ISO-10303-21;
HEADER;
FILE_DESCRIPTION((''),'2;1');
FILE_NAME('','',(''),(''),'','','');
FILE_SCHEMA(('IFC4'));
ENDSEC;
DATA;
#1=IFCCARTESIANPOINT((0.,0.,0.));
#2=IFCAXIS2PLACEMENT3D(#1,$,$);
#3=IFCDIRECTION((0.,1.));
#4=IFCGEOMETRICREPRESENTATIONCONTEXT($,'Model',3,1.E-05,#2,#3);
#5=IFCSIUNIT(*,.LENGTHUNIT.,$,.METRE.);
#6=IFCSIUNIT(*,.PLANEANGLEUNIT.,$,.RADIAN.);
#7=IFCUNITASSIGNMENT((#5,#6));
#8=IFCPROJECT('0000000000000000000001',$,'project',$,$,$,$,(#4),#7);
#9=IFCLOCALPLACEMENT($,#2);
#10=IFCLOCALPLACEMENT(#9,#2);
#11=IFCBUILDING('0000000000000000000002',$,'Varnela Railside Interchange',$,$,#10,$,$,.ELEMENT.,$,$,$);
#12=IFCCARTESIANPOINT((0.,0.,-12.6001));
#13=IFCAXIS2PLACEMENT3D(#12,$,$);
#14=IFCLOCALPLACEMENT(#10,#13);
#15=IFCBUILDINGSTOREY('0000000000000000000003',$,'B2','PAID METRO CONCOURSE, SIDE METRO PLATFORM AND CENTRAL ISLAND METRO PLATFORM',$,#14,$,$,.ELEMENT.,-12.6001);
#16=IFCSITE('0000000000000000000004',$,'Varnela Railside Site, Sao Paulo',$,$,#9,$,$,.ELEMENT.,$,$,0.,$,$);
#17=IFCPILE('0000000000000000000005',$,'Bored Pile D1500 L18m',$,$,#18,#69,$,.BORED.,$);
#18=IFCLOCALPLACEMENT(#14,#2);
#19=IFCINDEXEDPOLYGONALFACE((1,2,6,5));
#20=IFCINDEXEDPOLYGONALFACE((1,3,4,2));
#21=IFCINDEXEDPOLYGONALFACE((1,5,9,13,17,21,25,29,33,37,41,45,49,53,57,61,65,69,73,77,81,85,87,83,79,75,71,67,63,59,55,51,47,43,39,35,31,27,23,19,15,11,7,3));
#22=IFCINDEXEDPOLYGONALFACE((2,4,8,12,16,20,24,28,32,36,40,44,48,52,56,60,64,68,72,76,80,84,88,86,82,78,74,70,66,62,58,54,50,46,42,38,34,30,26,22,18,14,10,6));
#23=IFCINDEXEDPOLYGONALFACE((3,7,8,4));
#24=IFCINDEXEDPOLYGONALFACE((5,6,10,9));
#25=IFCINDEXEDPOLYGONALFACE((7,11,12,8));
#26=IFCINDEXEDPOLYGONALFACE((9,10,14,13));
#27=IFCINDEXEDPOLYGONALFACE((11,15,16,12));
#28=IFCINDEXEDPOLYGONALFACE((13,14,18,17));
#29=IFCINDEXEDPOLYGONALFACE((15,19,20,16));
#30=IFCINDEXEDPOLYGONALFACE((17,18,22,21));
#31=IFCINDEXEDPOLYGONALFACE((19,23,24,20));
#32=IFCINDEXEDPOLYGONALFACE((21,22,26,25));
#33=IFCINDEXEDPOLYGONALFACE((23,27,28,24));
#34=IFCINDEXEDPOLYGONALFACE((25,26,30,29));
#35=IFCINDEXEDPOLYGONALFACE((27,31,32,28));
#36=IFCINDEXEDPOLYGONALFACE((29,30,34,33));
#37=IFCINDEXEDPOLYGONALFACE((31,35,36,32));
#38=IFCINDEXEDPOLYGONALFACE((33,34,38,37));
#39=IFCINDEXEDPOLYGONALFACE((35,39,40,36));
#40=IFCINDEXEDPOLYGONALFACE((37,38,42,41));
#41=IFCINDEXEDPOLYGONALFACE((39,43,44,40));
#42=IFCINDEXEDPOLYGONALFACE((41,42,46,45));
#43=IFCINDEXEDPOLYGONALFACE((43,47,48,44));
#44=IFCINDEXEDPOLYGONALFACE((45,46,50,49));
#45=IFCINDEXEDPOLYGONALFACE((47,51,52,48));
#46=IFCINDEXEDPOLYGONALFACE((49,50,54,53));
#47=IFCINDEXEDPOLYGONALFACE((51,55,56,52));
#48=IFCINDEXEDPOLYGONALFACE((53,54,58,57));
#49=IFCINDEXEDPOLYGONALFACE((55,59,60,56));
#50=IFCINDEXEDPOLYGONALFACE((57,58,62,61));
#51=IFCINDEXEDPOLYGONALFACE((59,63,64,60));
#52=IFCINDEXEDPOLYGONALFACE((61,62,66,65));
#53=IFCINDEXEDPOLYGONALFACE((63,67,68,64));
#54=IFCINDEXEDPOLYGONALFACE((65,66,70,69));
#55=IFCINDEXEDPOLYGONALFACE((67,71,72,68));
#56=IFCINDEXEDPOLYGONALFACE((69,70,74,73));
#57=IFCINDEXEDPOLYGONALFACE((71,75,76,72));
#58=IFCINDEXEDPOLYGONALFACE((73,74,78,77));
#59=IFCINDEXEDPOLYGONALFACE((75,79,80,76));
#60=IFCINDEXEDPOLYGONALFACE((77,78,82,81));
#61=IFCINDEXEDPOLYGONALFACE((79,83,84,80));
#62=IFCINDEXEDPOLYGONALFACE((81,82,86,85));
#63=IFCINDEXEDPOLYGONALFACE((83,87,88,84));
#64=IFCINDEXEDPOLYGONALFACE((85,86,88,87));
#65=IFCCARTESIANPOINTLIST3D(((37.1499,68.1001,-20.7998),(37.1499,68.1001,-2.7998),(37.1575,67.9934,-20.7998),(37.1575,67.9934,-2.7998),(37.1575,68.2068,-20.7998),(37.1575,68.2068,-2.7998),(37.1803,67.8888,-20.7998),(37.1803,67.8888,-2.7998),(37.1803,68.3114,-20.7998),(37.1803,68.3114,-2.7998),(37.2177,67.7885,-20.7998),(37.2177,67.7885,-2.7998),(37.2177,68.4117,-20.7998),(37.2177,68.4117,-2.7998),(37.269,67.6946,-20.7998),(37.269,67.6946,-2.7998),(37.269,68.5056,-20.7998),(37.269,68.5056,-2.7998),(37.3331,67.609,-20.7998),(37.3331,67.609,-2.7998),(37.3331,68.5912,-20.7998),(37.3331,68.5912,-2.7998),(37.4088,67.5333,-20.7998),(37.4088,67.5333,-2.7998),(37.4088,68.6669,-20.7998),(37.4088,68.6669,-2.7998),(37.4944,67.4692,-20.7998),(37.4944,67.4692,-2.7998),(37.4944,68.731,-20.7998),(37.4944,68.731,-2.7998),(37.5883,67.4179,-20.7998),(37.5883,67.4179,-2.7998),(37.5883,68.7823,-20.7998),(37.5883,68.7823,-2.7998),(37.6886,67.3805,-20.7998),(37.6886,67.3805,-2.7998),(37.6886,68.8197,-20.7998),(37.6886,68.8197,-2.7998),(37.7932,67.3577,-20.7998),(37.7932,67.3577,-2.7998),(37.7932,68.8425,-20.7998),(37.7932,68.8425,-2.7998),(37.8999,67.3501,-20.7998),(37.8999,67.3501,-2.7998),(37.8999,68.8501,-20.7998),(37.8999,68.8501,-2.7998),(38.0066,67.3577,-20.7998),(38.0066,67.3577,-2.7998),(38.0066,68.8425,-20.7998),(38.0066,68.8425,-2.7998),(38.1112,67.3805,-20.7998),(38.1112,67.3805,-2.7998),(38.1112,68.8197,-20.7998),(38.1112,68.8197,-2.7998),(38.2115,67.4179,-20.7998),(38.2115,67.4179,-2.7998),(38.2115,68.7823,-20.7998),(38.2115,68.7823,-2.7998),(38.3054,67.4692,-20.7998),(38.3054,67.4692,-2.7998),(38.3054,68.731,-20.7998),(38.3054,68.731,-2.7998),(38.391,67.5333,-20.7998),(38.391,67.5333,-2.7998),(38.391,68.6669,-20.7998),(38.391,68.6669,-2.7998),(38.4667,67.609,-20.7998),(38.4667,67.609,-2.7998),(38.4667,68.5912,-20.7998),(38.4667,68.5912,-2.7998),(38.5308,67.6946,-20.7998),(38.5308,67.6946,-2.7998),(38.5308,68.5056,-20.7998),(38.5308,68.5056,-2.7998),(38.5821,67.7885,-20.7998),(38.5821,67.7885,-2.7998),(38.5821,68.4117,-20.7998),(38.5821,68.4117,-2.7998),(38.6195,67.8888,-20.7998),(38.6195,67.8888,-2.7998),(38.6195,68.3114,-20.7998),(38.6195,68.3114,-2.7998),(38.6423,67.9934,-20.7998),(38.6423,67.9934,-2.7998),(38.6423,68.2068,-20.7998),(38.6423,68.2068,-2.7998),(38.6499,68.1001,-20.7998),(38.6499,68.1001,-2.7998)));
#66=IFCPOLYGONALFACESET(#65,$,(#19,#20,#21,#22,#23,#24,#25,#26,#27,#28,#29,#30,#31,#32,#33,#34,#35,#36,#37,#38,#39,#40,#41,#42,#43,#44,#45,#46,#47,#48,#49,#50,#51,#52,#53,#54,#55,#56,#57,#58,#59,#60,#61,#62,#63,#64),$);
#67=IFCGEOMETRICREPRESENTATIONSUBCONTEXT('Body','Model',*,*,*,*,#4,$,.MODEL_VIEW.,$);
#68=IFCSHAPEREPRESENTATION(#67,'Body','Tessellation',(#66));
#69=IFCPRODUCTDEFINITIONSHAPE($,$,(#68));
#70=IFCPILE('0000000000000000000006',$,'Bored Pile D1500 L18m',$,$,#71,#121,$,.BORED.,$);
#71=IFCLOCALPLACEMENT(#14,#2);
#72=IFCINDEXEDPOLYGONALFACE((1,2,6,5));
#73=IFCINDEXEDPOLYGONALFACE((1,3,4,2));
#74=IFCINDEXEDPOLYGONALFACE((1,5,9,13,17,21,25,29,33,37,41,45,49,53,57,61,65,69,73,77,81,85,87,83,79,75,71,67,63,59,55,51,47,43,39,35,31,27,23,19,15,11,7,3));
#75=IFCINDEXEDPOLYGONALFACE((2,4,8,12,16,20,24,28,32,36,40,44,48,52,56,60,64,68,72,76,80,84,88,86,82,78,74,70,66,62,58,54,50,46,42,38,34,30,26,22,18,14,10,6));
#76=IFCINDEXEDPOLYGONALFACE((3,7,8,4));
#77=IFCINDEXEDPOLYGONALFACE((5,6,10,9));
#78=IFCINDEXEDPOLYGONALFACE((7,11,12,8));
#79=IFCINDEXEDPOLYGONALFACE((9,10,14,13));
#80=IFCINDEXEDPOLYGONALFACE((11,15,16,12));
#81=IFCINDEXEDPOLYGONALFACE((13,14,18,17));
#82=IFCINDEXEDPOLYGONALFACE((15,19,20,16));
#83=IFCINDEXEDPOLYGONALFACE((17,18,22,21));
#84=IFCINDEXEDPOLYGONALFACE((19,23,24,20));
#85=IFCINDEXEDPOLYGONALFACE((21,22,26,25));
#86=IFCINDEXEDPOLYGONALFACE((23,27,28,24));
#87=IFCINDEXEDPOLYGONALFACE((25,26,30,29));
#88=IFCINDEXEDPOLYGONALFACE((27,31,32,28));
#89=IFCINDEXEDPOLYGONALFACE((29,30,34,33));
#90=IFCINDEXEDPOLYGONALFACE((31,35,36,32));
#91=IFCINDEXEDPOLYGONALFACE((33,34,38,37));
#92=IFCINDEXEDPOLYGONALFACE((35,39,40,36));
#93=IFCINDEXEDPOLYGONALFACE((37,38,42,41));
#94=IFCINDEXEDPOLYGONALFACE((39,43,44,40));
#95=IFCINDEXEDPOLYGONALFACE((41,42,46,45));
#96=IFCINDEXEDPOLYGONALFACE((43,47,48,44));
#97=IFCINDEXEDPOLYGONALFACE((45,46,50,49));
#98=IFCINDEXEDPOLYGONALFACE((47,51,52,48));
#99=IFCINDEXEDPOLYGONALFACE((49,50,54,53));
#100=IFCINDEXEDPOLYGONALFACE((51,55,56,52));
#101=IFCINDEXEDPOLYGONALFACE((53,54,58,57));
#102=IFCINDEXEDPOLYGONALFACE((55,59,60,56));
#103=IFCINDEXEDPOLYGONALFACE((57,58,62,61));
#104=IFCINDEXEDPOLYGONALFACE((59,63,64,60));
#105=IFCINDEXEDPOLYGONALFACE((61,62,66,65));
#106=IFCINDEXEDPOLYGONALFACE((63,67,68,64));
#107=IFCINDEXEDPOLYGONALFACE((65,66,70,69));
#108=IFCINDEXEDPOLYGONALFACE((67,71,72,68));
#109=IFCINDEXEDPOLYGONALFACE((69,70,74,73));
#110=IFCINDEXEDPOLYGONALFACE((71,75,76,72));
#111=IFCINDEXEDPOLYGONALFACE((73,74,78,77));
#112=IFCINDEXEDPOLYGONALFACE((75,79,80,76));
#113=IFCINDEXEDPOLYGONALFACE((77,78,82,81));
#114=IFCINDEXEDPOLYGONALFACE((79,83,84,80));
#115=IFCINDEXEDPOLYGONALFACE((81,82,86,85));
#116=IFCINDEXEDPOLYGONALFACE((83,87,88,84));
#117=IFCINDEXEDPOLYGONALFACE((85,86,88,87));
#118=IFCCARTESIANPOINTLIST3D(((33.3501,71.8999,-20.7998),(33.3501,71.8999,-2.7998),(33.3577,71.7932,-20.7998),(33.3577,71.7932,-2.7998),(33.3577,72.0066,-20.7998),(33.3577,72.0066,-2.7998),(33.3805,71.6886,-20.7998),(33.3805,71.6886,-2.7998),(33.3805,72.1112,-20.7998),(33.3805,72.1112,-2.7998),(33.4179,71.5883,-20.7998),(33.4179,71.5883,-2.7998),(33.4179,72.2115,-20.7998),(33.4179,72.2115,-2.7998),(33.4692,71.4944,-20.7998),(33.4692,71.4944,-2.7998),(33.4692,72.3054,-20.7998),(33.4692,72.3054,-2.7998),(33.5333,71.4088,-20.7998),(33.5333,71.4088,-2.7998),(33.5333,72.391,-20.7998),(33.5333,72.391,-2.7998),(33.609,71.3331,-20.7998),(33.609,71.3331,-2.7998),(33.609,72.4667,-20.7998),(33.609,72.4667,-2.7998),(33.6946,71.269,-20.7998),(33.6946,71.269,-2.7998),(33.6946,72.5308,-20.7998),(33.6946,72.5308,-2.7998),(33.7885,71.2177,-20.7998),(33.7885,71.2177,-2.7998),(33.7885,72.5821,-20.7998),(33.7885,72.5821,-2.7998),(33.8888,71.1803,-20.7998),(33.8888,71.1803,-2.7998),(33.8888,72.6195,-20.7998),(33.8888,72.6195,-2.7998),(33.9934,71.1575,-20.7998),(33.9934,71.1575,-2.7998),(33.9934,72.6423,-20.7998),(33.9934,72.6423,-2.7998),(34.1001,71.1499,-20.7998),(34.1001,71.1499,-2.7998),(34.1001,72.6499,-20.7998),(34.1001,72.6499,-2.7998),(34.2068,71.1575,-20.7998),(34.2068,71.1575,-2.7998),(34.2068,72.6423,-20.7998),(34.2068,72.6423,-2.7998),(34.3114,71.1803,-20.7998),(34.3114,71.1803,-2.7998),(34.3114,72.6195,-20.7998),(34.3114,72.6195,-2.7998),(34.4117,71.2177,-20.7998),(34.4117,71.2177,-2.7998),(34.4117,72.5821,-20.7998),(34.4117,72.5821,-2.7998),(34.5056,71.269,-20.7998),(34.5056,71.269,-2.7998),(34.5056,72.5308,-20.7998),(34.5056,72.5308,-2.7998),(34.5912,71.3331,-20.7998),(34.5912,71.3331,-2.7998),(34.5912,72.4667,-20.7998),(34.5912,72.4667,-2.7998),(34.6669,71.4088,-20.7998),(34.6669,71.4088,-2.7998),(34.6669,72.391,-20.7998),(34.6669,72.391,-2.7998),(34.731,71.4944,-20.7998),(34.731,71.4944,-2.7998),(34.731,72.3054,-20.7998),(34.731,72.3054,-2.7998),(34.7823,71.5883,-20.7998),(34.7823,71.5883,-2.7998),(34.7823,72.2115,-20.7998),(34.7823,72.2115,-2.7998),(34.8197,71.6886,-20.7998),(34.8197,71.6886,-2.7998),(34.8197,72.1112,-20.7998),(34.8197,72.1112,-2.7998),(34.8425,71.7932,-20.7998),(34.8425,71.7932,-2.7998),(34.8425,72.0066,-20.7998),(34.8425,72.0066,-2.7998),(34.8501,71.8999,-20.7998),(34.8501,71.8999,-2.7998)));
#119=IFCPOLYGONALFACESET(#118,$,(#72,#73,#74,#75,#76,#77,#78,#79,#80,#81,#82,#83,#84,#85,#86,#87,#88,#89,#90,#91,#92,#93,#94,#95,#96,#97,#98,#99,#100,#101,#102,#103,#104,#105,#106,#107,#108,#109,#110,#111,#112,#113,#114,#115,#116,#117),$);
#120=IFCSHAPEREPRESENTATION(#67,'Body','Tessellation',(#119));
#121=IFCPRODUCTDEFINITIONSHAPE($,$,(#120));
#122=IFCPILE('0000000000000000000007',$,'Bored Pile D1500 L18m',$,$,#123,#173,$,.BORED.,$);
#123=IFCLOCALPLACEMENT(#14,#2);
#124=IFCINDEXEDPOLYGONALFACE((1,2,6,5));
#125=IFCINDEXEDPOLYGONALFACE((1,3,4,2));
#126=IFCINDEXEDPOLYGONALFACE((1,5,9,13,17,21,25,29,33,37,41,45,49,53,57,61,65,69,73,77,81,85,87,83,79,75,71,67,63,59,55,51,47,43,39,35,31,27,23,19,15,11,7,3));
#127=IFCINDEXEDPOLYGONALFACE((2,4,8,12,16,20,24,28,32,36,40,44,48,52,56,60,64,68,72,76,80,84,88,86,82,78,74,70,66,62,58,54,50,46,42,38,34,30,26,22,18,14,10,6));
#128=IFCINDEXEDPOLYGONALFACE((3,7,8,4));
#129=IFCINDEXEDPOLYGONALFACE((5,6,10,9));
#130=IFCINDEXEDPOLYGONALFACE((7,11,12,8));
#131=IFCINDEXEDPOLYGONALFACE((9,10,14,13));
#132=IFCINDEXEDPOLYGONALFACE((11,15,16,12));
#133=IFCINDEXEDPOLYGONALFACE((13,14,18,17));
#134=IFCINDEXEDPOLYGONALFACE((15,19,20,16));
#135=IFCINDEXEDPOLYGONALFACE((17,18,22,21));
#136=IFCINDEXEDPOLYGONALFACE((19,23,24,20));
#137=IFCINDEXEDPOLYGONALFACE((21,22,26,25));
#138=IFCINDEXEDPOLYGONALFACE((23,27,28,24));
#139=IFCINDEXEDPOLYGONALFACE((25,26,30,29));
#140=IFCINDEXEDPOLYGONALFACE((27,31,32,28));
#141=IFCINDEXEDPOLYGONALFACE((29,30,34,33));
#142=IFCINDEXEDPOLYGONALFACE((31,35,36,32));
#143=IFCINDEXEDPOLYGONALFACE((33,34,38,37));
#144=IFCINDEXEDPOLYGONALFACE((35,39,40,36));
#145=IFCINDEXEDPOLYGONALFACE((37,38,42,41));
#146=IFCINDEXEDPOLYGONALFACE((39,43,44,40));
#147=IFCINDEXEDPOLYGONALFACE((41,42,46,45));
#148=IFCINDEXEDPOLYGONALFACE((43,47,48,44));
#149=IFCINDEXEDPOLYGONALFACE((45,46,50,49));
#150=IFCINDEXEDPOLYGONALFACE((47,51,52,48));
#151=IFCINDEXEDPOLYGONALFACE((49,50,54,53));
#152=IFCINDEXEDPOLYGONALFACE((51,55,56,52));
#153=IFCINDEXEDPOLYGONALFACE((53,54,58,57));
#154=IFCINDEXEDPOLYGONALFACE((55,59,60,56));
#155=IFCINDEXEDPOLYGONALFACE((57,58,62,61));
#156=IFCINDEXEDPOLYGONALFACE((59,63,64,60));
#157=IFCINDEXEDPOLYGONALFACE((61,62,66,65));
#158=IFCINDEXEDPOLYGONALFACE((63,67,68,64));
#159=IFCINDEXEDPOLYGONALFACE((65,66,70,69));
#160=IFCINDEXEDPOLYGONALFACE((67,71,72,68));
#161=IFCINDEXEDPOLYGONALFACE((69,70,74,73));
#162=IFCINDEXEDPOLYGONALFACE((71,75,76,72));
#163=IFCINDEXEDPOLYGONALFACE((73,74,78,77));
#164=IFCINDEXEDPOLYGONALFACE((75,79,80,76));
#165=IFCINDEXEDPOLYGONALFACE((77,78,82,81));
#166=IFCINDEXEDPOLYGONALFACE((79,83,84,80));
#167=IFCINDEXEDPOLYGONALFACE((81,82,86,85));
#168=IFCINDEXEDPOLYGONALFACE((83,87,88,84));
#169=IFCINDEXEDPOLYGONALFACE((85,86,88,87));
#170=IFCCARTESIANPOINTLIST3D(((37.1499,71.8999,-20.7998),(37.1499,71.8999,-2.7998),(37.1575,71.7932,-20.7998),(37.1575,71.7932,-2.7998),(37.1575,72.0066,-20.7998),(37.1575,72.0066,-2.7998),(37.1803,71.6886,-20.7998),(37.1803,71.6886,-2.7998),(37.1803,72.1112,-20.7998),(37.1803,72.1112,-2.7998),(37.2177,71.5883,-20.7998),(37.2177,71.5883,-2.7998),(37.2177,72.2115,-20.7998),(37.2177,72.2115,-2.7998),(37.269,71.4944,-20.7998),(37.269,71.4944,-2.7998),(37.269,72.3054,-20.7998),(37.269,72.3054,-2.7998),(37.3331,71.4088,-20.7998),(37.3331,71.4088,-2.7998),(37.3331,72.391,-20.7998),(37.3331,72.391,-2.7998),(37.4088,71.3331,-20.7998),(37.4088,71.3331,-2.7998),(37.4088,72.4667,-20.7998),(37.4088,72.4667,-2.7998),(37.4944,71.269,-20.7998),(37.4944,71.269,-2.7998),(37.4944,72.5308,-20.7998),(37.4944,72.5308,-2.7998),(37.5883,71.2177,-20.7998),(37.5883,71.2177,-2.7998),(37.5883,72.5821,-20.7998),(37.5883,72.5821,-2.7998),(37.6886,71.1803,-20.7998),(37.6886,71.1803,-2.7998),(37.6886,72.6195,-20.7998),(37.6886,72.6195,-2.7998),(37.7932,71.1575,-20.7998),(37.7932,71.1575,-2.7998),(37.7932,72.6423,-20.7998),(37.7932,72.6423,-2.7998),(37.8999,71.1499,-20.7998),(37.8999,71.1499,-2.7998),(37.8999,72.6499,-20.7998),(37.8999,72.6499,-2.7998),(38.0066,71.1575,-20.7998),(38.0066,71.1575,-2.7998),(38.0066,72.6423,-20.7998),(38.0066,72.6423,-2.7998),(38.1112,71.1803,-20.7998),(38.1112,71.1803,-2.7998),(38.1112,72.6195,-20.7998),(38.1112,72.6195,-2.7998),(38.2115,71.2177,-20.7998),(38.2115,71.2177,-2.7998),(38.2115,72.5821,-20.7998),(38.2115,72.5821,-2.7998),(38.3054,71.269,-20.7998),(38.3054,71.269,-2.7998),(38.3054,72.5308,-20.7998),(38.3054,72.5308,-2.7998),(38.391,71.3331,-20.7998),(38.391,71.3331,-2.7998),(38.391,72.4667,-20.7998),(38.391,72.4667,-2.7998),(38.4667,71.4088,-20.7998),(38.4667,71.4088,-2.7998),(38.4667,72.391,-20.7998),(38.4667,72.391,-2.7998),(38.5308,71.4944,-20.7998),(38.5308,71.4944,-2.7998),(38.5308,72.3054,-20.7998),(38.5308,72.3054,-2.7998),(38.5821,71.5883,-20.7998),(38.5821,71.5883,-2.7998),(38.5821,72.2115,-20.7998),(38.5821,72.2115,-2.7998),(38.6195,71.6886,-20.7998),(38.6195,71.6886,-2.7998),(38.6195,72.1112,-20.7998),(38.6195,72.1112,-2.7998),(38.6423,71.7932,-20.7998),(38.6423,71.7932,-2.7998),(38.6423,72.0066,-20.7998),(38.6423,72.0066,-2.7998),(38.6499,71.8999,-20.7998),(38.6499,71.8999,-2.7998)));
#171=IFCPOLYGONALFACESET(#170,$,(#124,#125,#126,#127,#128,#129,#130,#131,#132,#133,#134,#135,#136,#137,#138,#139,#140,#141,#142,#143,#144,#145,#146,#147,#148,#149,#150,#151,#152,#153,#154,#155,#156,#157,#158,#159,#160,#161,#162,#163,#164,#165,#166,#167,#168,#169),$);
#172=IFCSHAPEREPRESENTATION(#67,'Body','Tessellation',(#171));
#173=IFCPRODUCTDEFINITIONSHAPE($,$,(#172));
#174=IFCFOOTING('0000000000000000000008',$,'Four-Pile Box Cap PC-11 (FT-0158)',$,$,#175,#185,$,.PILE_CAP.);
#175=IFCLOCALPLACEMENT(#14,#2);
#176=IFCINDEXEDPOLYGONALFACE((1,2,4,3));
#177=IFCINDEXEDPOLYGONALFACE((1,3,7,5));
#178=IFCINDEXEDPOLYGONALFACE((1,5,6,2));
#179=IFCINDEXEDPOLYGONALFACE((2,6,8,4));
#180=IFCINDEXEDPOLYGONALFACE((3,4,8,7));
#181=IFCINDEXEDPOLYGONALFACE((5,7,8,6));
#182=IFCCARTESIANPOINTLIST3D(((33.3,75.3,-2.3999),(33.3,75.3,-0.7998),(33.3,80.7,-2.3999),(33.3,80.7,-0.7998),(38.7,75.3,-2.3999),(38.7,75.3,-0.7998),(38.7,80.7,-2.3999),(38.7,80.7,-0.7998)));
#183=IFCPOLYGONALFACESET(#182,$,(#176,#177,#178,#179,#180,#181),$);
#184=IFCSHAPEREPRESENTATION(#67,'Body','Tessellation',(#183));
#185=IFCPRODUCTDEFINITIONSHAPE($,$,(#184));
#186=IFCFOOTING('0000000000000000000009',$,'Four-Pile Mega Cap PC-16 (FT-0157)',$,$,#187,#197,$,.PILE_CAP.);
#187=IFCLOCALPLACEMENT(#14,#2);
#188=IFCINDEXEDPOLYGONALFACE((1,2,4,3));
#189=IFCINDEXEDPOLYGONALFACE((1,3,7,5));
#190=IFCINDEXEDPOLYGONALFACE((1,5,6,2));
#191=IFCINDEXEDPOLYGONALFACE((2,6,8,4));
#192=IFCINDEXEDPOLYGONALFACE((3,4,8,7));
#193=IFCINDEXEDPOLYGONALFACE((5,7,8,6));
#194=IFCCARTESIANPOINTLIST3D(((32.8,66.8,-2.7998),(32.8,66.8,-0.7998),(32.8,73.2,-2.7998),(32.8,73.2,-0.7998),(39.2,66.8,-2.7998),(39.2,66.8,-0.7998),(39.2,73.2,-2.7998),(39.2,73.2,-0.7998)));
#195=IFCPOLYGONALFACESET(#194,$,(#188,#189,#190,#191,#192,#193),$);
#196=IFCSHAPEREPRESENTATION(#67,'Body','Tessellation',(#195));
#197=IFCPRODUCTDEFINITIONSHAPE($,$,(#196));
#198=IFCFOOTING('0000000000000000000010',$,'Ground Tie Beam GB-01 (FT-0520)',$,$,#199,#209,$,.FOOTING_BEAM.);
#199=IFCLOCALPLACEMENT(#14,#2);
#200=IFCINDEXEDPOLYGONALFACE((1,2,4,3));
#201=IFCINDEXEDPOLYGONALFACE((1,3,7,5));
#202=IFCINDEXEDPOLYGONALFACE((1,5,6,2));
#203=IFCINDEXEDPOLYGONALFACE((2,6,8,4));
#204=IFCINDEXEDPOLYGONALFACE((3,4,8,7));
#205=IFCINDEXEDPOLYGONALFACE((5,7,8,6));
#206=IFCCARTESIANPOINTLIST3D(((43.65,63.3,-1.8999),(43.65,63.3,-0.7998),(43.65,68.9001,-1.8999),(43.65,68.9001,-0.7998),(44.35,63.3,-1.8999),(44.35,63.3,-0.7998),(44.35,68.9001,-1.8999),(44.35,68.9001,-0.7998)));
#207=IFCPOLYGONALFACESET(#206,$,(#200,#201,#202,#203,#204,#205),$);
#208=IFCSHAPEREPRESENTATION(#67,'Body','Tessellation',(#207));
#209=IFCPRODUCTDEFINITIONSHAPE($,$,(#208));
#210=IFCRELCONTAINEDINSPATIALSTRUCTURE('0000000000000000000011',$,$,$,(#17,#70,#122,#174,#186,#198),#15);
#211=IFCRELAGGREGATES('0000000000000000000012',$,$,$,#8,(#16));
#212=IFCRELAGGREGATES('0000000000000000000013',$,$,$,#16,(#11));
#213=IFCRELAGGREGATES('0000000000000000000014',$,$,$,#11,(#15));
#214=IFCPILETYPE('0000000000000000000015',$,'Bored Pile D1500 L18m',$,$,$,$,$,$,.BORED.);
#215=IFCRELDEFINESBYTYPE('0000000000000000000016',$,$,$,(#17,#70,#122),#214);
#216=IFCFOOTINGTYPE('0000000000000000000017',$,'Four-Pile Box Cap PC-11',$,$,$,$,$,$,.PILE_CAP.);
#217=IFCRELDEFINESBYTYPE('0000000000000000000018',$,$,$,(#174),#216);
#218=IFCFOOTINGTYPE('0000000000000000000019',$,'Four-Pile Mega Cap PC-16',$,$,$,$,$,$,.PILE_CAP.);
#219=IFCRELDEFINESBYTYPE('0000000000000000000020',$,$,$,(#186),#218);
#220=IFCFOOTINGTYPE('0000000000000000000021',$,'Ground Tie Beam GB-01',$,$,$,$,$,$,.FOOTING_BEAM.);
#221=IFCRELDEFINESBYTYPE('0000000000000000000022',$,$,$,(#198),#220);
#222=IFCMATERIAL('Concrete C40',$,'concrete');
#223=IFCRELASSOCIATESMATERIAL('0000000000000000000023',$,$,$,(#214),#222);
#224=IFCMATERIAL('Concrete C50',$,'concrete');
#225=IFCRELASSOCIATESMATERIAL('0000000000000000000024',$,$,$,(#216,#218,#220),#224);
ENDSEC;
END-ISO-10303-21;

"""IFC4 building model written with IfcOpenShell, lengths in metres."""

from ifc_helpers import new_model, si_unit, direction, frame, origin, origin_2d, place, context, subcontext, project, spatial, rectangle, circle, extrude, material, material_profile, profile_set, type_object, element, save


model = new_model("IFC4")

# Units and contexts
model_context = context("Model", 3, precision=1e-05, world=origin(), true_north=direction((0.0, 1.0)))
body_context = subcontext(model_context, "Body", "Model", "MODEL_VIEW")
ifc_project = project(units=[si_unit("LENGTHUNIT", "METRE"), si_unit("PLANEANGLEUNIT", "RADIAN")], contexts=[model_context])

# Site, building, storey
site_placement = place(None, origin())
site = spatial("IfcSite", under=ifc_project, at=site_placement, Name="Varnela Railside Site, Sao Paulo", CompositionType="ELEMENT", RefElevation=0.0)
building_placement = place(site_placement, origin())
building = spatial("IfcBuilding", under=site, at=building_placement, Name="Varnela Railside Interchange", CompositionType="ELEMENT")
storey_placement = place(building_placement, frame((0.0, 0.0, -12.6001)))
storey = spatial("IfcBuildingStorey", under=building, at=storey_placement, Name="B2", Description="PAID METRO CONCOURSE, SIDE METRO PLATFORM AND CENTRAL ISLAND METRO PLATFORM", CompositionType="ELEMENT", Elevation=-12.6001)

# Piles
ifc_material_1 = material(Name="Concrete C40", Category="concrete")
ifc_material_profile_1 = material_profile(ifc_material_1, circle(Radius=0.75, at=origin_2d()), Name="BORED PILE D1500")
ifc_profile_set_1 = profile_set([ifc_material_profile_1], Name="Concrete C40")
pile_type_1 = type_object("IfcPileType", Name="Bored Pile D1500 L18m", PredefinedType="BORED", material=ifc_profile_set_1)
for number, where, z_axis, x_axis, name in (
    (1, (37.8999, 68.1001, -2.7998), (0.0, 0.0, -1.0), (1.0, 0.0, 0.0), "Bored Pile D1500 L18m"),
    (2, (34.1001, 71.8999, -2.7998), (0.0, 0.0, -1.0), (1.0, 0.0, 0.0), "Bored Pile D1500 L18m"),
    (3, (37.8999, 71.8999, -2.7998), (0.0, 0.0, -1.0), (1.0, 0.0, 0.0), "Bored Pile D1500 L18m"),
):
    element("IfcPile", number, at=place(storey_placement, frame(where, z_axis=z_axis, x_axis=x_axis)), inside=storey, type_object=pile_type_1, Name=name, PredefinedType="BORED", context=body_context, shape_type="SweptSolid", body=[
        extrude(circle(Radius=0.75, at=origin_2d()), origin(), (0.0, 0.0, 1.0), 18.0),
    ])

# Footings
ifc_material_2 = material(Name="Concrete C50", Category="concrete")
footing_type_1 = type_object("IfcFootingType", Name="Four-Pile Box Cap PC-11", PredefinedType="PILE_CAP", material=ifc_material_2)
footing_1_placement = place(storey_placement, frame((36.0, 78.0, -2.3999), z_axis=(0.0, 0.0, 1.0), x_axis=(1.0, 0.0, 0.0)))
element("IfcFooting", 4, at=footing_1_placement, inside=storey, type_object=footing_type_1, Name="Four-Pile Box Cap PC-11 (FT-0158)", PredefinedType="PILE_CAP", context=body_context, shape_type="SweptSolid", body=[
    extrude(rectangle(XDim=5.3999, YDim=5.3999, at=origin_2d()), origin(), (0.0, 0.0, 1.0), 1.6001),
])
footing_type_2 = type_object("IfcFootingType", Name="Four-Pile Mega Cap PC-16", PredefinedType="PILE_CAP", material=ifc_material_2)
footing_2_placement = place(storey_placement, frame((36.0, 70.0, -2.7998), z_axis=(0.0, 0.0, 1.0), x_axis=(1.0, 0.0, 0.0)))
element("IfcFooting", 5, at=footing_2_placement, inside=storey, type_object=footing_type_2, Name="Four-Pile Mega Cap PC-16 (FT-0157)", PredefinedType="PILE_CAP", context=body_context, shape_type="SweptSolid", body=[
    extrude(rectangle(XDim=6.3999, YDim=6.3999, at=origin_2d()), origin(), (0.0, 0.0, 1.0), 2.0),
])
footing_type_3 = type_object("IfcFootingType", Name="Ground Tie Beam GB-01", PredefinedType="FOOTING_BEAM", material=ifc_material_2)
footing_3_placement = place(storey_placement, frame((44.0, 66.1001, -1.8999), z_axis=(0.0, 0.0, 1.0), x_axis=(1.0, 0.0, 0.0)))
element("IfcFooting", 6, at=footing_3_placement, inside=storey, type_object=footing_type_3, Name="Ground Tie Beam GB-01 (FT-0520)", PredefinedType="FOOTING_BEAM", context=body_context, shape_type="SweptSolid", body=[
    extrude(rectangle(XDim=0.7, YDim=5.6001, at=origin_2d()), origin(), (0.0, 0.0, 1.0), 1.1001),
])

save(model, "model.ifc")
